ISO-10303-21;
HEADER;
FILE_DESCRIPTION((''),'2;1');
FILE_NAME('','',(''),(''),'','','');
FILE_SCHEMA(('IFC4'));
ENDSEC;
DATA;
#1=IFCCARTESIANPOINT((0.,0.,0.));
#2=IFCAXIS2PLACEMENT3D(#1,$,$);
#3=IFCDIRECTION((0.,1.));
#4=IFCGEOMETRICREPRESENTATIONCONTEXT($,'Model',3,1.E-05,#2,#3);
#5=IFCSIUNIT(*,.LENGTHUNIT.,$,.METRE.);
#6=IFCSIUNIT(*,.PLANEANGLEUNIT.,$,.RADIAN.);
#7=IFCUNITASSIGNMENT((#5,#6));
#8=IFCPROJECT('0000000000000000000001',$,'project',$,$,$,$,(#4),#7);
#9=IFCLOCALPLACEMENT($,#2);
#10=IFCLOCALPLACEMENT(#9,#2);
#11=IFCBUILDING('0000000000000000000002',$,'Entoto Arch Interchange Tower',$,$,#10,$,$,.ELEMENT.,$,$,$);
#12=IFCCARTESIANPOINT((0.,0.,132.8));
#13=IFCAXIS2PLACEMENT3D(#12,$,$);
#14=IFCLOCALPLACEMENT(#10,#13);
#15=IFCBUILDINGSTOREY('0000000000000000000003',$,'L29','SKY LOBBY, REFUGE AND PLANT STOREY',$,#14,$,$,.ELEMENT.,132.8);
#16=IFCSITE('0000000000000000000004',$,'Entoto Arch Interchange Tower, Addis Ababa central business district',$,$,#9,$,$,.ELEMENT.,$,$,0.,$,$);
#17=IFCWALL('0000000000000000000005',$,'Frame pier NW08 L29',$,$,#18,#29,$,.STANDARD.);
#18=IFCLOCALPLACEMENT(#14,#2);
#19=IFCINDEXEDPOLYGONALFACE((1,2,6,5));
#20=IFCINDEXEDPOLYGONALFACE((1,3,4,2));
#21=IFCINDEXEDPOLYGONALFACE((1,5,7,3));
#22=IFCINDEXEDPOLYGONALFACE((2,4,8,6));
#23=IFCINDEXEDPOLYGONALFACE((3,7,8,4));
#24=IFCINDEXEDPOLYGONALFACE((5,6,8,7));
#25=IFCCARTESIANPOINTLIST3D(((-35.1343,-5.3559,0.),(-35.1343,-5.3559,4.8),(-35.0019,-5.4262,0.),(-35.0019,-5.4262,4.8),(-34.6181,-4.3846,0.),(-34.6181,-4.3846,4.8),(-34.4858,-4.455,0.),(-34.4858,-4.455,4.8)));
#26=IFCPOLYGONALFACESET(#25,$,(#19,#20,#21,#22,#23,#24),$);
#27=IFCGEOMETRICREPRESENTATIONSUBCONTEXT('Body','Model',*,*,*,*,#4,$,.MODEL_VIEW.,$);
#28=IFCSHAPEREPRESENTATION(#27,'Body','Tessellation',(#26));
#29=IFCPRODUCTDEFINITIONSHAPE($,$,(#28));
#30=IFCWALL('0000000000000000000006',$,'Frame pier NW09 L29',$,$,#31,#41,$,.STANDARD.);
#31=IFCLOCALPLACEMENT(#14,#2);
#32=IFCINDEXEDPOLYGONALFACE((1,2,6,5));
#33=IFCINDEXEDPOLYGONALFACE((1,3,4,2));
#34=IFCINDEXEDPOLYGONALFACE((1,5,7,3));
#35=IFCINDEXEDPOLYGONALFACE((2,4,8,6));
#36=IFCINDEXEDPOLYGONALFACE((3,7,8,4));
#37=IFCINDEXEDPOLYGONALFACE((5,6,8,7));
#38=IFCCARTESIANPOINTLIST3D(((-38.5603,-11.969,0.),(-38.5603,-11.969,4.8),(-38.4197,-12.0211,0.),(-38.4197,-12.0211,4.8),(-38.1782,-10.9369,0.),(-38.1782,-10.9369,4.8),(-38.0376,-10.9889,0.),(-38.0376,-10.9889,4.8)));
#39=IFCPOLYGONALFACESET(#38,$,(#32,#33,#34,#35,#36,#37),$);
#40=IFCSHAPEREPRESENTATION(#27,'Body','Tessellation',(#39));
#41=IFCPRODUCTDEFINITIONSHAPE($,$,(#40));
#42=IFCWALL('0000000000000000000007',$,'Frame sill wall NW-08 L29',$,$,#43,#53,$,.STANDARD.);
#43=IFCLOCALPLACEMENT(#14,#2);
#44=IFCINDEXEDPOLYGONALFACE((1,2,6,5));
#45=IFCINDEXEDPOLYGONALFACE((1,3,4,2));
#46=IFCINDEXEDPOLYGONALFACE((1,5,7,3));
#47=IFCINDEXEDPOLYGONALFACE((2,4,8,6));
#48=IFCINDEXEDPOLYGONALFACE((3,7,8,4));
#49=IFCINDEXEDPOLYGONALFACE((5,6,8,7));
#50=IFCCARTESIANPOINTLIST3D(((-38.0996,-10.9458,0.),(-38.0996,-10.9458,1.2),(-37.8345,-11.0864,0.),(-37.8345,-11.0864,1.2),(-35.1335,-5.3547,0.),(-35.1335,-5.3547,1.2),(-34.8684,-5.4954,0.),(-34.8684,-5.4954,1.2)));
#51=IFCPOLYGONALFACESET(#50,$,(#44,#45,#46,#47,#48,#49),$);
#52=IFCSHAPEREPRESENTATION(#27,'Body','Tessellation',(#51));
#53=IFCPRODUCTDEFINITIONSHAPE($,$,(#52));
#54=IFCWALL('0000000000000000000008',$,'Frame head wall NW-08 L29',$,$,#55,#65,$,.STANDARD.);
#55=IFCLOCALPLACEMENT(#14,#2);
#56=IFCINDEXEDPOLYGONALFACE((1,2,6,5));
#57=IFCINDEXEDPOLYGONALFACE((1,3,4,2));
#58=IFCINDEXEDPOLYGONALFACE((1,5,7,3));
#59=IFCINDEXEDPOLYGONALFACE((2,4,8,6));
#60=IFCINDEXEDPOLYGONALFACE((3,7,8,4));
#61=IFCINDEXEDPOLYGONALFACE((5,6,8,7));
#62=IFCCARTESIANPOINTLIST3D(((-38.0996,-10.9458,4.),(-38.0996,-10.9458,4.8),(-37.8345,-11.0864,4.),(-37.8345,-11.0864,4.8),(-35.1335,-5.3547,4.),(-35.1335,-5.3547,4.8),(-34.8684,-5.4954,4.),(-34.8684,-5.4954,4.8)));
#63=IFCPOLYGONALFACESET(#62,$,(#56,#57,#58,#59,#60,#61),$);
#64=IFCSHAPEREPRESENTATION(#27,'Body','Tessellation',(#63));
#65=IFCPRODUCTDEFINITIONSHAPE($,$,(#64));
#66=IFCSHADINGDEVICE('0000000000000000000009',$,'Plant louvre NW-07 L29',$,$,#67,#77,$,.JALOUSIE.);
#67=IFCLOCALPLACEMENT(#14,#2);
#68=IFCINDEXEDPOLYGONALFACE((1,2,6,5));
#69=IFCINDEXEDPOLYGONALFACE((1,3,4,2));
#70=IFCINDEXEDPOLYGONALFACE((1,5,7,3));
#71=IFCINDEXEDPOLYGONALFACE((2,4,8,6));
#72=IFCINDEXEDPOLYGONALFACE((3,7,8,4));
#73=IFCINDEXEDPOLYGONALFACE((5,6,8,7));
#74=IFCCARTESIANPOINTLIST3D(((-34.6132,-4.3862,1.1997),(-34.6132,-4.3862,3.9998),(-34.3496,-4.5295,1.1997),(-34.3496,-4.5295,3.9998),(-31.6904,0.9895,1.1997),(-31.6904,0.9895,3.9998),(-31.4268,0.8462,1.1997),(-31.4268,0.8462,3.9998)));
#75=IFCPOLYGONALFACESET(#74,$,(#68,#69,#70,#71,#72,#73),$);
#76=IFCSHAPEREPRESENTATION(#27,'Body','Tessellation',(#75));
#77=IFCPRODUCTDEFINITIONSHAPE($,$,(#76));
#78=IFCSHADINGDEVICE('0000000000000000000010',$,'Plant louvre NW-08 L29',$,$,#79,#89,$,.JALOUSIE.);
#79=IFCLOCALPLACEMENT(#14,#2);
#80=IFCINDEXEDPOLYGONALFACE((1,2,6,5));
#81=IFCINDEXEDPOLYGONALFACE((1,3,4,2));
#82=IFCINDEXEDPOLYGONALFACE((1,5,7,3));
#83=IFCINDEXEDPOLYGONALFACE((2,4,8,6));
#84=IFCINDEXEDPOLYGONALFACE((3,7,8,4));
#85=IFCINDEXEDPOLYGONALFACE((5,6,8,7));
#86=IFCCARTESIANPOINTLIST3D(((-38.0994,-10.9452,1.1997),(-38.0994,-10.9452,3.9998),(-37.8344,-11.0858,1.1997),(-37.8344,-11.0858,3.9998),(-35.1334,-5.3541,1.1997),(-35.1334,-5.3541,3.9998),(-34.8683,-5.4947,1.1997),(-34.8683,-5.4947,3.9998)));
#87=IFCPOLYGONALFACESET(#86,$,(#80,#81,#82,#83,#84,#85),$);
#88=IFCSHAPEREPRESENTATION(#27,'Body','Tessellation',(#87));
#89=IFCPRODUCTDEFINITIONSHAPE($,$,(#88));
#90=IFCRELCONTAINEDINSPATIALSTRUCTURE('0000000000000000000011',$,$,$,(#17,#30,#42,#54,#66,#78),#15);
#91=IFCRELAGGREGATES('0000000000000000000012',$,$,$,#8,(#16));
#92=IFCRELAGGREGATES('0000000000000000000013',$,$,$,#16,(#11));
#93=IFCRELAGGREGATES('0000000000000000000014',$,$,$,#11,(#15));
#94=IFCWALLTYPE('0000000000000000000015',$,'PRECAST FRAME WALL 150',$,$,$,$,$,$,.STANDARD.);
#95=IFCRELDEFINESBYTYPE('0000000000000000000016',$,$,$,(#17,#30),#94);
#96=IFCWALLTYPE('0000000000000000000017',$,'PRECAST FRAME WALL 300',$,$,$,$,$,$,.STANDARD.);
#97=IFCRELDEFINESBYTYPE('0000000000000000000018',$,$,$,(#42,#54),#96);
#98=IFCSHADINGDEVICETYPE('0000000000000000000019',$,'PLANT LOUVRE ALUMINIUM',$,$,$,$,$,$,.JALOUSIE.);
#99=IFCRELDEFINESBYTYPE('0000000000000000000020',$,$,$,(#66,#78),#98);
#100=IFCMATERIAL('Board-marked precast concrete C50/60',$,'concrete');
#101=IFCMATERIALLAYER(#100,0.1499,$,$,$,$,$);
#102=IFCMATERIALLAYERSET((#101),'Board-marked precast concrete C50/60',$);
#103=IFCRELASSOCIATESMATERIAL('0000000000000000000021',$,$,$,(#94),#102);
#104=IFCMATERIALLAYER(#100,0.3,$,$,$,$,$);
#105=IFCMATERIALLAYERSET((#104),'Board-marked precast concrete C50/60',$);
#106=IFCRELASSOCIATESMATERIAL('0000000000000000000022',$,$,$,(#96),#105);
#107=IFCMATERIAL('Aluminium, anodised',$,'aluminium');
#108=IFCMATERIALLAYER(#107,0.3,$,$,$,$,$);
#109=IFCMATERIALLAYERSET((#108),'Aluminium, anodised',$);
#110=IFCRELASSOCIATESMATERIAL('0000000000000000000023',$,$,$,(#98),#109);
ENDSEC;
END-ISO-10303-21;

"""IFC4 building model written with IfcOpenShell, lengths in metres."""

from ifc_helpers import new_model, si_unit, direction, frame, frame_2d, origin, origin_2d, place, context, subcontext, project, spatial, rectangle, extrude, material, layer, layer_set, type_object, element, save


model = new_model("IFC4")

# Units and contexts
model_context = context("Model", 3, precision=1e-05, world=origin(), true_north=direction((0.0, 1.0)))
body_context = subcontext(model_context, "Body", "Model", "MODEL_VIEW")
ifc_project = project(units=[si_unit("LENGTHUNIT", "METRE"), si_unit("PLANEANGLEUNIT", "RADIAN")], contexts=[model_context])

# Site, building, storey
site_placement = place(None, origin())
site = spatial("IfcSite", under=ifc_project, at=site_placement, Name="Entoto Arch Interchange Tower, Addis Ababa central business district", CompositionType="ELEMENT", RefElevation=0.0)
building_placement = place(site_placement, origin())
building = spatial("IfcBuilding", under=site, at=building_placement, Name="Entoto Arch Interchange Tower", CompositionType="ELEMENT")
storey_placement = place(building_placement, frame((0.0, 0.0, 132.8)))
storey = spatial("IfcBuildingStorey", under=building, at=storey_placement, Name="L29", Description="SKY LOBBY, REFUGE AND PLANT STOREY", CompositionType="ELEMENT", Elevation=132.8)

# Shared definitions
ifc_material_1 = material(Name="Aluminium, anodised", Category="aluminium")

# Walls
ifc_material_2 = material(Name="Board-marked precast concrete C50/60", Category="concrete")
ifc_layer_1 = layer(ifc_material_2, 0.1499)
ifc_layer_set_1 = layer_set([ifc_layer_1], Name="Board-marked precast concrete C50/60")
wall_type_1 = type_object("IfcWallType", Name="PRECAST FRAME WALL 150", PredefinedType="STANDARD", material=ifc_layer_set_1)
wall_1_placement = place(storey_placement, frame((-34.552, -4.4199, 0.0), z_axis=(0.0, 0.0, 1.0), x_axis=(-0.469274, -0.883052, 0.0)))
element("IfcWall", 1, at=wall_1_placement, inside=storey, type_object=wall_type_1, Name="Frame pier NW08 L29", PredefinedType="STANDARD", context=body_context, shape_type="SweptSolid", body=[
    extrude(rectangle(XDim=1.0999, YDim=0.1499, at=frame_2d((0.5498, 0.0))), origin(), (0.0, 0.0, 1.0), 4.8),
])
wall_2_placement = place(storey_placement, frame((-38.1079, -10.9629, 0.0), z_axis=(0.0, 0.0, 1.0), x_axis=(-0.347134, -0.937816, 0.0)))
element("IfcWall", 2, at=wall_2_placement, inside=storey, type_object=wall_type_1, Name="Frame pier NW09 L29", PredefinedType="STANDARD", context=body_context, shape_type="SweptSolid", body=[
    extrude(rectangle(XDim=1.1006, YDim=0.1499, at=frame_2d((0.5503, 0.0))), origin(), (0.0, 0.0, 1.0), 4.8),
])
ifc_layer_2 = layer(ifc_material_2, 0.3)
ifc_layer_set_2 = layer_set([ifc_layer_2], Name="Board-marked precast concrete C50/60")
wall_type_2 = type_object("IfcWallType", Name="PRECAST FRAME WALL 300", PredefinedType="STANDARD", material=ifc_layer_set_2)
wall_3_placement = place(storey_placement, frame((-35.001, -5.425, 0.0), z_axis=(0.0, 0.0, 1.0), x_axis=(-0.468639, -0.88339, 0.0)))
element("IfcWall", 3, at=wall_3_placement, inside=storey, type_object=wall_type_2, Name="Frame sill wall NW-08 L29", PredefinedType="STANDARD", context=body_context, shape_type="SweptSolid", body=[
    extrude(rectangle(XDim=6.3291, YDim=0.3, at=frame_2d((3.1646, 0.0))), origin(), (0.0, 0.0, 1.0), 1.2),
])
wall_4_placement = place(storey_placement, frame((-35.001, -5.425, 4.0), z_axis=(0.0, 0.0, 1.0), x_axis=(-0.468639, -0.88339, 0.0)))
element("IfcWall", 4, at=wall_4_placement, inside=storey, type_object=wall_type_2, Name="Frame head wall NW-08 L29", PredefinedType="STANDARD", context=body_context, shape_type="SweptSolid", body=[
    extrude(rectangle(XDim=6.3291, YDim=0.3, at=frame_2d((3.1646, 0.0))), origin(), (0.0, 0.0, 1.0), 0.8),
])

# Shading devices
ifc_layer_3 = layer(ifc_material_1, 0.3)
ifc_layer_set_3 = layer_set([ifc_layer_3], Name="Aluminium, anodised")
shading_device_type = type_object("IfcShadingDeviceType", Name="PLANT LOUVRE ALUMINIUM", PredefinedType="JALOUSIE", material=ifc_layer_set_3)
shading_device_1_placement = place(storey_placement, frame((-33.02, -1.77, 1.1997), z_axis=(0.0, 0.0, 1.0), x_axis=(-0.477665, -0.878542, 0.0)))
element("IfcShadingDevice", 5, at=shading_device_1_placement, inside=storey, type_object=shading_device_type, Name="Plant louvre NW-07 L29", PredefinedType="JALOUSIE", context=body_context, shape_type="SweptSolid", body=[
    extrude(rectangle(XDim=6.1189, YDim=0.3, at=origin_2d()), origin(), (0.0, 0.0, 1.0), 2.8),
])
shading_device_2_placement = place(storey_placement, frame((-36.4839, -8.22, 1.1997), z_axis=(0.0, 0.0, 1.0), x_axis=(-0.468639, -0.88339, 0.0)))
element("IfcShadingDevice", 6, at=shading_device_2_placement, inside=storey, type_object=shading_device_type, Name="Plant louvre NW-08 L29", PredefinedType="JALOUSIE", context=body_context, shape_type="SweptSolid", body=[
    extrude(rectangle(XDim=6.3291, YDim=0.3, at=origin_2d()), origin(), (0.0, 0.0, 1.0), 2.8),
])

save(model, "model.ifc")
